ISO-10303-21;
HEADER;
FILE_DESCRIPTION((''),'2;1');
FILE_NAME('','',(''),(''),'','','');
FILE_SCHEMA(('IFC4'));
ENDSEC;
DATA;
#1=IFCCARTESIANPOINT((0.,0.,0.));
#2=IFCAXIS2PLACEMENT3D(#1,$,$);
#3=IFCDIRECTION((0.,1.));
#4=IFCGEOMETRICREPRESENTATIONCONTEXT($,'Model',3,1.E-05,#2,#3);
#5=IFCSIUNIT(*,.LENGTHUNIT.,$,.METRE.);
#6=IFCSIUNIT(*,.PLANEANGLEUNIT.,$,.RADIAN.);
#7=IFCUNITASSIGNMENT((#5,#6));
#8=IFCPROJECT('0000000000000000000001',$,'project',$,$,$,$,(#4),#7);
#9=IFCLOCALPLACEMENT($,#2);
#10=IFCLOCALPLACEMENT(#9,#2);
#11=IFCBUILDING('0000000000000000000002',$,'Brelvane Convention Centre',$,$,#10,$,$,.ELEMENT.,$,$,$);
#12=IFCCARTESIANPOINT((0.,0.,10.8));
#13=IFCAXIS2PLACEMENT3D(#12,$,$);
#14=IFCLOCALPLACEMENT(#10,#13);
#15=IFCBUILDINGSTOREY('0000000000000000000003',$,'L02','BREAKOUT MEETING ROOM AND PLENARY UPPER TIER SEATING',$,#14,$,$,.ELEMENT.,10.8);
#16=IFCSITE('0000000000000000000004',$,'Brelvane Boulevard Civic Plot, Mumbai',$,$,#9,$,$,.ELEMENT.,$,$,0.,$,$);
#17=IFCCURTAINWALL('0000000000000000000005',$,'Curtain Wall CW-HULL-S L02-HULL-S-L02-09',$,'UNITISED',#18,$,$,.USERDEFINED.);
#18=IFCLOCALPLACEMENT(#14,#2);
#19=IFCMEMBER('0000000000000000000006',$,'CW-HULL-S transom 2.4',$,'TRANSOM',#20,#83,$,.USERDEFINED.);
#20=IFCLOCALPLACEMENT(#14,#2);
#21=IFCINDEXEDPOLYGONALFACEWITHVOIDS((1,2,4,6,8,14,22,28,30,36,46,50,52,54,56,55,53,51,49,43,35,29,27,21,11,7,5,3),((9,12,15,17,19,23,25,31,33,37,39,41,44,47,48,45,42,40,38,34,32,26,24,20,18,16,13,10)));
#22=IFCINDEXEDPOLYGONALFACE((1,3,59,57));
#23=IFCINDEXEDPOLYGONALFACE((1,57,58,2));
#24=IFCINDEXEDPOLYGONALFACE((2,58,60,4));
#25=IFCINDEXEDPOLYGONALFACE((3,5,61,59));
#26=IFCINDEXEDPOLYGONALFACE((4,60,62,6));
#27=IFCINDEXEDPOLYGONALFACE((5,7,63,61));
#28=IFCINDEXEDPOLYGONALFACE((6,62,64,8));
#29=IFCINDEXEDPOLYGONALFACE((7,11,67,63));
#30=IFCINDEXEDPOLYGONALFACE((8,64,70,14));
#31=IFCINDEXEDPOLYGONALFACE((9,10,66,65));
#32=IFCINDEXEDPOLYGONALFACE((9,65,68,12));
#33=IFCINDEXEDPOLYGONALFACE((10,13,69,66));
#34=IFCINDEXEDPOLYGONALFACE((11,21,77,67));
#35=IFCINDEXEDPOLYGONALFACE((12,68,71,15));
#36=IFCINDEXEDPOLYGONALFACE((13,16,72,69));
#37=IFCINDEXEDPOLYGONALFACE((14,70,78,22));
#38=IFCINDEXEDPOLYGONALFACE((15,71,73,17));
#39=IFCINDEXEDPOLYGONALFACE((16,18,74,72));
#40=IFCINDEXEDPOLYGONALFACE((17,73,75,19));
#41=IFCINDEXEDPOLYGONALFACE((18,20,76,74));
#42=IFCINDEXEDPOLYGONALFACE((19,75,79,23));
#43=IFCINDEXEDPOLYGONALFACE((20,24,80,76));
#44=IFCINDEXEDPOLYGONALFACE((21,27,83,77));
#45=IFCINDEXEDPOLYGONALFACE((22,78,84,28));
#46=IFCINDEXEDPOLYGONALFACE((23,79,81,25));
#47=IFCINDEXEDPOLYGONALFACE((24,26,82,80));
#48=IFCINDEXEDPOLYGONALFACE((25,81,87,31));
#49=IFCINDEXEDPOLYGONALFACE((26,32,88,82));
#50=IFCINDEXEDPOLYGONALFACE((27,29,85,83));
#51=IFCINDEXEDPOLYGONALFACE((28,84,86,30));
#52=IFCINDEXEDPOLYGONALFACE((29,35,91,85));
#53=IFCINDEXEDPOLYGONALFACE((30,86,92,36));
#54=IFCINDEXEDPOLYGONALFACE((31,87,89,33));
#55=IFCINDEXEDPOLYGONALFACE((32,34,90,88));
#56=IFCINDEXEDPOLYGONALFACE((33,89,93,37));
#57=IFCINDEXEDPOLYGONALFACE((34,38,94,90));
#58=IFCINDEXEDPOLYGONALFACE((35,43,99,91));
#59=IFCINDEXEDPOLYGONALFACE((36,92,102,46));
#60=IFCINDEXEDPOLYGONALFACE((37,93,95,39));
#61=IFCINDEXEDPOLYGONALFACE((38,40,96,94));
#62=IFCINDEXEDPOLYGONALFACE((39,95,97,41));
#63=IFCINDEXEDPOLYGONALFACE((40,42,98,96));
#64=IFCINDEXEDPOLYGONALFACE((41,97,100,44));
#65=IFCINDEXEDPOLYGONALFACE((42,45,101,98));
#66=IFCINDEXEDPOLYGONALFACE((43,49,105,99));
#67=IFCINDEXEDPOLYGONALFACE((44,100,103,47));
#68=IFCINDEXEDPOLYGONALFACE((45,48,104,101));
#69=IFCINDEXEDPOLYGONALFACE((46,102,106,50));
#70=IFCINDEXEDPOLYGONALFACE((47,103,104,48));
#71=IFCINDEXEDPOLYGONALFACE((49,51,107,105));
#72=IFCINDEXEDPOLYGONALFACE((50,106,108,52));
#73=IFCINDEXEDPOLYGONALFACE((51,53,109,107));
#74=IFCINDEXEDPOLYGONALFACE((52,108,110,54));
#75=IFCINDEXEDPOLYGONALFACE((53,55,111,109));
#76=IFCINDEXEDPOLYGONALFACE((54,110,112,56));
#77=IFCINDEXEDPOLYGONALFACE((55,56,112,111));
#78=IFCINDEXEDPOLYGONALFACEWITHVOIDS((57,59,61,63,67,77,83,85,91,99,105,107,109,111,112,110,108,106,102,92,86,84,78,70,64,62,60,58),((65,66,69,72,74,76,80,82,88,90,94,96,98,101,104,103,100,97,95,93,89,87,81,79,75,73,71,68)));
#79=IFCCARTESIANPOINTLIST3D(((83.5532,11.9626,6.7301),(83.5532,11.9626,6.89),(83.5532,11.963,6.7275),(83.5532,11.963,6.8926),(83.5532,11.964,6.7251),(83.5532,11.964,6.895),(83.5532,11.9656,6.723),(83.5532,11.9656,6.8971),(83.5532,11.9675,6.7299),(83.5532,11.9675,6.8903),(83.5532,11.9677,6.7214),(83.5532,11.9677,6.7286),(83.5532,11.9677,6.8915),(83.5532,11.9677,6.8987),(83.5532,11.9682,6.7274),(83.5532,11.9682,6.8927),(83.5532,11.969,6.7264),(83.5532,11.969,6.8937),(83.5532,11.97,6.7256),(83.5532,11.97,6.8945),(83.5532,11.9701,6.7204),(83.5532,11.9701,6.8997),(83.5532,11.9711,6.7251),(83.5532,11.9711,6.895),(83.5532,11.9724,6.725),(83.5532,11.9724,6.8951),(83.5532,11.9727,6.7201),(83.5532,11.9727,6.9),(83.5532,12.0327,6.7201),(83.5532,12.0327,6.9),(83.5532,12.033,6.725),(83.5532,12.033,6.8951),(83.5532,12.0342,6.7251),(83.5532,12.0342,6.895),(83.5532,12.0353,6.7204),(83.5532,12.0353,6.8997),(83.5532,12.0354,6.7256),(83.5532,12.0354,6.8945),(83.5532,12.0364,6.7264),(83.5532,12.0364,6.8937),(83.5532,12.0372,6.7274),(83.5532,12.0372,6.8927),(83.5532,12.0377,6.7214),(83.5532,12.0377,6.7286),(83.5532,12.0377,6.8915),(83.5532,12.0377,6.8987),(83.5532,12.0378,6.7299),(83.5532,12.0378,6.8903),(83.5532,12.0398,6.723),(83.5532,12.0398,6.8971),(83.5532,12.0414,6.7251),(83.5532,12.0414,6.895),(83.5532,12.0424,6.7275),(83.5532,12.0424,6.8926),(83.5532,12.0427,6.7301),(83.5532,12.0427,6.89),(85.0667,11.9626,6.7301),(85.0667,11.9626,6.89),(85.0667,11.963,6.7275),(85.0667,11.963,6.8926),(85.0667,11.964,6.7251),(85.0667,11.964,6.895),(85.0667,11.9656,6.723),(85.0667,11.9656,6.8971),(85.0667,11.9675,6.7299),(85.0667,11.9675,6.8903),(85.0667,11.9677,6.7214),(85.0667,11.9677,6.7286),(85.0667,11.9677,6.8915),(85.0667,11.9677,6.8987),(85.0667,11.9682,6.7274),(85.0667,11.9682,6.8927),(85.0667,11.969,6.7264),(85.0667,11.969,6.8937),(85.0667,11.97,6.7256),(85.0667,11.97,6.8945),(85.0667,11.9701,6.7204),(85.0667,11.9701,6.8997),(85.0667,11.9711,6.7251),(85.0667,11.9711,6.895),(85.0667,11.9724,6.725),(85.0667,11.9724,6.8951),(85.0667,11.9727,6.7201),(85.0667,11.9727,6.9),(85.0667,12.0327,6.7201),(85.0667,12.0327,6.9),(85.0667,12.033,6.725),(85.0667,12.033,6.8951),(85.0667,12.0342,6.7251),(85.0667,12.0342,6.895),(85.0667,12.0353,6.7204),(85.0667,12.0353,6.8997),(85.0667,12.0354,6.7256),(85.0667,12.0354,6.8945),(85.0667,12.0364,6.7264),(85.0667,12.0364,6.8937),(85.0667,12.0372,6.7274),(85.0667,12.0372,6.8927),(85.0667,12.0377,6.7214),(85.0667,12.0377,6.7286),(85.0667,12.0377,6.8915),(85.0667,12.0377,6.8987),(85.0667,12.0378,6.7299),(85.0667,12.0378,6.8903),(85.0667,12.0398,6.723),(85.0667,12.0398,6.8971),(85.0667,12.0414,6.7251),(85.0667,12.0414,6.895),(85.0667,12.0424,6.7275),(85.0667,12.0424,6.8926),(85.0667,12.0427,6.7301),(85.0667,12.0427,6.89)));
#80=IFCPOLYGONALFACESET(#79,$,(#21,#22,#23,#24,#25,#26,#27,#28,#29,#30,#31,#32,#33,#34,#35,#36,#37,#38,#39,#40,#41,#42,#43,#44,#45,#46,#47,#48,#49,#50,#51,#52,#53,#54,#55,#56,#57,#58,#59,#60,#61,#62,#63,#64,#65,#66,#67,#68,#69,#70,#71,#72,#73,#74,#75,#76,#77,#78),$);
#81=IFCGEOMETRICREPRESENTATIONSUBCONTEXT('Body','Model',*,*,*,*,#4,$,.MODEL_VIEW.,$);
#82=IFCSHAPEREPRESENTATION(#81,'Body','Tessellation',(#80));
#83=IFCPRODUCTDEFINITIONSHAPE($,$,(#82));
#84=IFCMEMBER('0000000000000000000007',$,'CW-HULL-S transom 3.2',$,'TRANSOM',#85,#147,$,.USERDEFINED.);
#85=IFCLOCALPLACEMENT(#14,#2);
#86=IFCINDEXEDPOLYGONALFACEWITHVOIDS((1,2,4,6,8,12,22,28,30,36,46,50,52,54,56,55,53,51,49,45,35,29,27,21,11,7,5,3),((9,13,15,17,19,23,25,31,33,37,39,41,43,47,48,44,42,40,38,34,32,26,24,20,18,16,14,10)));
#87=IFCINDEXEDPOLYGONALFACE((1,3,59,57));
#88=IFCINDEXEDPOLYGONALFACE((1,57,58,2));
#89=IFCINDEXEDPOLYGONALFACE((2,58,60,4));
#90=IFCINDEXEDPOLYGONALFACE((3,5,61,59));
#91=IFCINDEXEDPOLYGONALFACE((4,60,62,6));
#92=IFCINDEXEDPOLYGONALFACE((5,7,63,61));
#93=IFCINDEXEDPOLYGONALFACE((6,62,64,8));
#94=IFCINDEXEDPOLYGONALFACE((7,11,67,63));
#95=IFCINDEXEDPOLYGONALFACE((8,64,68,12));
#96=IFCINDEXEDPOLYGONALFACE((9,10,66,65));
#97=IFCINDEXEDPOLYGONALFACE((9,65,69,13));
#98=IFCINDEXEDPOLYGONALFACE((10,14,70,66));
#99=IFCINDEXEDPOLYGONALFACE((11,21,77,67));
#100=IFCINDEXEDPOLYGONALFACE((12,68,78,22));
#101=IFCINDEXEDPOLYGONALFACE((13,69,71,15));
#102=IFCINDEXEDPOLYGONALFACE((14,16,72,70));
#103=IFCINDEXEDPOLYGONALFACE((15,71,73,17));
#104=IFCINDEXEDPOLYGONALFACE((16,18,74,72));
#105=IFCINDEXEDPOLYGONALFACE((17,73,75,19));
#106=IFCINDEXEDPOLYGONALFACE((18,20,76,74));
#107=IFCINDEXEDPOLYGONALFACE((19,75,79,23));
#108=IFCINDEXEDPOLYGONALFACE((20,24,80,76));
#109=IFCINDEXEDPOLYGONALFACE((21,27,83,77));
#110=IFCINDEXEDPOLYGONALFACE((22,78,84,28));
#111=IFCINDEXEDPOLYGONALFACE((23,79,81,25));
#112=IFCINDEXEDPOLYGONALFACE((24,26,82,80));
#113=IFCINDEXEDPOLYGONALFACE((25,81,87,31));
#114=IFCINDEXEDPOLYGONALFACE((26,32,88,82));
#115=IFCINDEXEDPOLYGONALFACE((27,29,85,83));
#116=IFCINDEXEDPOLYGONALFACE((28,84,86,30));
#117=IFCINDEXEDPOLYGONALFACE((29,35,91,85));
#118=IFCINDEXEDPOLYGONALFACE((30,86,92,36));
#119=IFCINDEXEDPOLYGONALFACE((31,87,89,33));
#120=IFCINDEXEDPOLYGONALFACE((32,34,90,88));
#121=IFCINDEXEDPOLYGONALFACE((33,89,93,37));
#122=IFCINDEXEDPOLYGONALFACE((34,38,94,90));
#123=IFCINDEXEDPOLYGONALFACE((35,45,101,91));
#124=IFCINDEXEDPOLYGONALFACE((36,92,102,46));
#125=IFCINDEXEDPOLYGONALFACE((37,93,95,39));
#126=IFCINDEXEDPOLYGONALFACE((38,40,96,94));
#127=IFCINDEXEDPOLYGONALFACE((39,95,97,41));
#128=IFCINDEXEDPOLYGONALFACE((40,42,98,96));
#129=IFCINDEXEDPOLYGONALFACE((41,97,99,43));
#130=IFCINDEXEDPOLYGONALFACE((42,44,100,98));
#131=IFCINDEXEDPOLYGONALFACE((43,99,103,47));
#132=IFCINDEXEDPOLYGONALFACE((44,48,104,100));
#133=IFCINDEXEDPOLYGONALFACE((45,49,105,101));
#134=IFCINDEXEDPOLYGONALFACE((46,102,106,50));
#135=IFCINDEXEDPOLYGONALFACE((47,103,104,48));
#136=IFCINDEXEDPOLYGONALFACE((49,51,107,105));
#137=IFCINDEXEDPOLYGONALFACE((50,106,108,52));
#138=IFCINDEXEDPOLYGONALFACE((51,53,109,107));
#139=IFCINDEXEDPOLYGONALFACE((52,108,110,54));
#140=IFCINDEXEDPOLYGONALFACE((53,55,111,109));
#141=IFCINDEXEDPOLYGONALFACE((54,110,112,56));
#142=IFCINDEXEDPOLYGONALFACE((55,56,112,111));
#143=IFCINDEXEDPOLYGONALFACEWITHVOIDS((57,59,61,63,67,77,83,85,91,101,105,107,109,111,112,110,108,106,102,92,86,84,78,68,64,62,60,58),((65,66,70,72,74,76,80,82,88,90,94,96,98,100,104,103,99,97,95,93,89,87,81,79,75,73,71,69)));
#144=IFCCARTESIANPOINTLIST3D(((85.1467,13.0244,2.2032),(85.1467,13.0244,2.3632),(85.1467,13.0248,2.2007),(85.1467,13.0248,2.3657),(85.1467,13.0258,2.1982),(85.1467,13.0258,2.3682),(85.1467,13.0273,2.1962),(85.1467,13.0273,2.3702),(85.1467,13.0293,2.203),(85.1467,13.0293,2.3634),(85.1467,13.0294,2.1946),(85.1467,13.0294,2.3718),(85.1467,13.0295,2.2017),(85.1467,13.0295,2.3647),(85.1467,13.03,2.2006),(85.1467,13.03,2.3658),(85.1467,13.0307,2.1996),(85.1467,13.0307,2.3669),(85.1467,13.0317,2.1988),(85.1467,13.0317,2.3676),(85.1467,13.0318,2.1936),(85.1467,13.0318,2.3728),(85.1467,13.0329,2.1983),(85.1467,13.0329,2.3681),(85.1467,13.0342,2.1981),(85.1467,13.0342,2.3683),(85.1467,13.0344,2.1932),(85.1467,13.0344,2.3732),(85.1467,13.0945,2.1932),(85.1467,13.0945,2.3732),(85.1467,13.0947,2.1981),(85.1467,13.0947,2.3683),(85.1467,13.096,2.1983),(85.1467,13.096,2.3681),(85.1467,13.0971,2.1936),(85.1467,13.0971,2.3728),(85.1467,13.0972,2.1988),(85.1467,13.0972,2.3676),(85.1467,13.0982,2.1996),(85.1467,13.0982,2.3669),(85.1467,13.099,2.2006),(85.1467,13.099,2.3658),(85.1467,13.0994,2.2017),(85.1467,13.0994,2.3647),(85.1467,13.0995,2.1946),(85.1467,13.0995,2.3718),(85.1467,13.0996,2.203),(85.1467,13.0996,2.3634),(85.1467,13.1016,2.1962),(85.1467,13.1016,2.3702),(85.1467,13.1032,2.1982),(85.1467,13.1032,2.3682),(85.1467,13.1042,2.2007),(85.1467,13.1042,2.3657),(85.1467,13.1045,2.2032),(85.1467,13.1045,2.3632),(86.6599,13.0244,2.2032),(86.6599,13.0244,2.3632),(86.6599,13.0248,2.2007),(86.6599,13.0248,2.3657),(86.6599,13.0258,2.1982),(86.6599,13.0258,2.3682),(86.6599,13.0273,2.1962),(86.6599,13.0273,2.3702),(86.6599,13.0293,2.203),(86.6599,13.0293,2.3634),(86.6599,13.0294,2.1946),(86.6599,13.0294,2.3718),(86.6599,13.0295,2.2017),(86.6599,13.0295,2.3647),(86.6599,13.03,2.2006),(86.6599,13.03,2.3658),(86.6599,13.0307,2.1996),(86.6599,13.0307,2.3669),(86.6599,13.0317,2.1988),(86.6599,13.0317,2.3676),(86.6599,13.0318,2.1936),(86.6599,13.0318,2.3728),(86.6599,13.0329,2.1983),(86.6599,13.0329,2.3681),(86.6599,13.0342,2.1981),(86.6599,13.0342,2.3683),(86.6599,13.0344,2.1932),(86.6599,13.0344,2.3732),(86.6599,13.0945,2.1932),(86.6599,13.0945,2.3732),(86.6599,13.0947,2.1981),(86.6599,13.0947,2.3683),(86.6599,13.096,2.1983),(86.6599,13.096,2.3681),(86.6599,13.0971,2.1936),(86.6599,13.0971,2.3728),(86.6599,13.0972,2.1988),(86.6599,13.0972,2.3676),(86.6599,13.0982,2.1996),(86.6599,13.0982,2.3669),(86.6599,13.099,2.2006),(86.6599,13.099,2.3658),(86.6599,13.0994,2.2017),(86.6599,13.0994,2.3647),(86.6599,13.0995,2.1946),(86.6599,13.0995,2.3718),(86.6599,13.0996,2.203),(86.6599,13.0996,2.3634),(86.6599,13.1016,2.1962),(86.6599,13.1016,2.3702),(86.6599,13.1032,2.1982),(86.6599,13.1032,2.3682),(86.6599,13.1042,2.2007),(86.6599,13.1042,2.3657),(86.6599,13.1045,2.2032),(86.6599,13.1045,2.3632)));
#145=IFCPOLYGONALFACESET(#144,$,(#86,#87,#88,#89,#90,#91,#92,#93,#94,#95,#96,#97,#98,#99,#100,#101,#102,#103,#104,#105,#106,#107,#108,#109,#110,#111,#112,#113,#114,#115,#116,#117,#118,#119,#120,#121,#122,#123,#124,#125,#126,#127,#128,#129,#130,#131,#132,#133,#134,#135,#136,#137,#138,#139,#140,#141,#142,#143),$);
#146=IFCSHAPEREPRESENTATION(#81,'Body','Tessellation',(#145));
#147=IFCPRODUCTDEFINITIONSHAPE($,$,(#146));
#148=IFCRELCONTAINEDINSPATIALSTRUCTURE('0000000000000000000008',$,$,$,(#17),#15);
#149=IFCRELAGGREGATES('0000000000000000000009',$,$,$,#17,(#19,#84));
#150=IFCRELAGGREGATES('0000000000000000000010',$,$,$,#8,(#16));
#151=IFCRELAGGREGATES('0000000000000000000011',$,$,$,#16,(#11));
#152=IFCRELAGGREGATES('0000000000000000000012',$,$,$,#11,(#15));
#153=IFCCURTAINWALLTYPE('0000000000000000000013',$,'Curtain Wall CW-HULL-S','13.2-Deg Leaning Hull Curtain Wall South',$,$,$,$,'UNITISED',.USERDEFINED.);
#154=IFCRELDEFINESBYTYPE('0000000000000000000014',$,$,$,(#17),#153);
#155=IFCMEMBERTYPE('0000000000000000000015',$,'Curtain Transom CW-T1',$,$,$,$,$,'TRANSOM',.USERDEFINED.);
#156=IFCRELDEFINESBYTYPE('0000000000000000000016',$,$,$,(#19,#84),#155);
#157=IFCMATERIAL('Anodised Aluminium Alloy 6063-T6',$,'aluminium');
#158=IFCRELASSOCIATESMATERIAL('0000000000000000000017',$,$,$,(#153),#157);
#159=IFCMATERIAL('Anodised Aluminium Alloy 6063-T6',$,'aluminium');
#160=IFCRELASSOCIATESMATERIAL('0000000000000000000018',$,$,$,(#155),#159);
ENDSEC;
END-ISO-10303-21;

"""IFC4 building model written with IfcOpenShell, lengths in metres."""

from ifc_helpers import new_model, si_unit, direction, frame, origin, origin_2d, place, context, subcontext, project, spatial, hollow_rectangle, extrude, material, material_profile, profile_set, type_object, element, aggregate, save


model = new_model("IFC4")

# Units and contexts
model_context = context("Model", 3, precision=1e-05, world=origin(), true_north=direction((0.0, 1.0)))
body_context = subcontext(model_context, "Body", "Model", "MODEL_VIEW")
ifc_project = project(units=[si_unit("LENGTHUNIT", "METRE"), si_unit("PLANEANGLEUNIT", "RADIAN")], contexts=[model_context])

# Site, building, storey
site_placement = place(None, origin())
site = spatial("IfcSite", under=ifc_project, at=site_placement, Name="Brelvane Boulevard Civic Plot, Mumbai", CompositionType="ELEMENT", RefElevation=0.0)
building_placement = place(site_placement, origin())
building = spatial("IfcBuilding", under=site, at=building_placement, Name="Brelvane Convention Centre", CompositionType="ELEMENT")
storey_placement = place(building_placement, frame((0.0, 0.0, 10.8)))
storey = spatial("IfcBuildingStorey", under=building, at=storey_placement, Name="L02", Description="BREAKOUT MEETING ROOM AND PLENARY UPPER TIER SEATING", CompositionType="ELEMENT", Elevation=10.8)

# Curtain wall, members
ifc_material_1 = material(Name="Anodised Aluminium Alloy 6063-T6", Category="aluminium")
curtain_wall_type = type_object("IfcCurtainWallType", Name="Curtain Wall CW-HULL-S", Description="13.2-Deg Leaning Hull Curtain Wall South", ElementType="UNITISED", PredefinedType="USERDEFINED", material=ifc_material_1)
curtain_wall_1_placement = place(storey_placement, origin())
curtain_wall_1 = element("IfcCurtainWall", 1, at=curtain_wall_1_placement, inside=storey, type_object=curtain_wall_type, Name="Curtain Wall CW-HULL-S L02-HULL-S-L02-09", ObjectType="UNITISED", PredefinedType="USERDEFINED")
ifc_material_2 = material(Name="Anodised Aluminium Alloy 6063-T6", Category="aluminium")
ifc_material_profile = material_profile(ifc_material_2, hollow_rectangle(XDim=0.0801, YDim=0.1799, WallThickness=0.0049, InnerFilletRadius=0.0049, OuterFilletRadius=0.01, at=origin_2d()), Name="ALU-T 180x80x5.0")
ifc_profile_set = profile_set([ifc_material_profile], Name="Anodised Aluminium Alloy 6063-T6")
member_type = type_object("IfcMemberType", Name="Curtain Transom CW-T1", ElementType="TRANSOM", PredefinedType="USERDEFINED", material=ifc_profile_set)
member_1_placement = place(storey_placement, frame((83.5532, 12.0027, 6.8101), z_axis=(1.0, 0.0, 0.0), x_axis=(0.0, 1.0, 0.0)))
member_1 = element("IfcMember", 2, at=member_1_placement, type_object=member_type, Name="CW-HULL-S transom 2.4", ObjectType="TRANSOM", PredefinedType="USERDEFINED", context=body_context, shape_type="SweptSolid", body=[
    extrude(hollow_rectangle(XDim=0.0801, YDim=0.1799, WallThickness=0.0049, InnerFilletRadius=0.0049, OuterFilletRadius=0.01, at=origin_2d()), origin(), (0.0, 0.0, 1.0), 1.5134),
])
member_2_placement = place(storey_placement, frame((85.1467, 13.0645, 2.2832), z_axis=(1.0, 0.0, 0.0), x_axis=(0.0, 1.0, 0.0)))
member_2 = element("IfcMember", 3, at=member_2_placement, type_object=member_type, Name="CW-HULL-S transom 3.2", ObjectType="TRANSOM", PredefinedType="USERDEFINED", context=body_context, shape_type="SweptSolid", body=[
    extrude(hollow_rectangle(XDim=0.0801, YDim=0.1799, WallThickness=0.0049, InnerFilletRadius=0.0049, OuterFilletRadius=0.01, at=origin_2d()), origin(), (0.0, 0.0, 1.0), 1.5132),
])

aggregate(curtain_wall_1, [member_1, member_2])

save(model, "model.ifc")
